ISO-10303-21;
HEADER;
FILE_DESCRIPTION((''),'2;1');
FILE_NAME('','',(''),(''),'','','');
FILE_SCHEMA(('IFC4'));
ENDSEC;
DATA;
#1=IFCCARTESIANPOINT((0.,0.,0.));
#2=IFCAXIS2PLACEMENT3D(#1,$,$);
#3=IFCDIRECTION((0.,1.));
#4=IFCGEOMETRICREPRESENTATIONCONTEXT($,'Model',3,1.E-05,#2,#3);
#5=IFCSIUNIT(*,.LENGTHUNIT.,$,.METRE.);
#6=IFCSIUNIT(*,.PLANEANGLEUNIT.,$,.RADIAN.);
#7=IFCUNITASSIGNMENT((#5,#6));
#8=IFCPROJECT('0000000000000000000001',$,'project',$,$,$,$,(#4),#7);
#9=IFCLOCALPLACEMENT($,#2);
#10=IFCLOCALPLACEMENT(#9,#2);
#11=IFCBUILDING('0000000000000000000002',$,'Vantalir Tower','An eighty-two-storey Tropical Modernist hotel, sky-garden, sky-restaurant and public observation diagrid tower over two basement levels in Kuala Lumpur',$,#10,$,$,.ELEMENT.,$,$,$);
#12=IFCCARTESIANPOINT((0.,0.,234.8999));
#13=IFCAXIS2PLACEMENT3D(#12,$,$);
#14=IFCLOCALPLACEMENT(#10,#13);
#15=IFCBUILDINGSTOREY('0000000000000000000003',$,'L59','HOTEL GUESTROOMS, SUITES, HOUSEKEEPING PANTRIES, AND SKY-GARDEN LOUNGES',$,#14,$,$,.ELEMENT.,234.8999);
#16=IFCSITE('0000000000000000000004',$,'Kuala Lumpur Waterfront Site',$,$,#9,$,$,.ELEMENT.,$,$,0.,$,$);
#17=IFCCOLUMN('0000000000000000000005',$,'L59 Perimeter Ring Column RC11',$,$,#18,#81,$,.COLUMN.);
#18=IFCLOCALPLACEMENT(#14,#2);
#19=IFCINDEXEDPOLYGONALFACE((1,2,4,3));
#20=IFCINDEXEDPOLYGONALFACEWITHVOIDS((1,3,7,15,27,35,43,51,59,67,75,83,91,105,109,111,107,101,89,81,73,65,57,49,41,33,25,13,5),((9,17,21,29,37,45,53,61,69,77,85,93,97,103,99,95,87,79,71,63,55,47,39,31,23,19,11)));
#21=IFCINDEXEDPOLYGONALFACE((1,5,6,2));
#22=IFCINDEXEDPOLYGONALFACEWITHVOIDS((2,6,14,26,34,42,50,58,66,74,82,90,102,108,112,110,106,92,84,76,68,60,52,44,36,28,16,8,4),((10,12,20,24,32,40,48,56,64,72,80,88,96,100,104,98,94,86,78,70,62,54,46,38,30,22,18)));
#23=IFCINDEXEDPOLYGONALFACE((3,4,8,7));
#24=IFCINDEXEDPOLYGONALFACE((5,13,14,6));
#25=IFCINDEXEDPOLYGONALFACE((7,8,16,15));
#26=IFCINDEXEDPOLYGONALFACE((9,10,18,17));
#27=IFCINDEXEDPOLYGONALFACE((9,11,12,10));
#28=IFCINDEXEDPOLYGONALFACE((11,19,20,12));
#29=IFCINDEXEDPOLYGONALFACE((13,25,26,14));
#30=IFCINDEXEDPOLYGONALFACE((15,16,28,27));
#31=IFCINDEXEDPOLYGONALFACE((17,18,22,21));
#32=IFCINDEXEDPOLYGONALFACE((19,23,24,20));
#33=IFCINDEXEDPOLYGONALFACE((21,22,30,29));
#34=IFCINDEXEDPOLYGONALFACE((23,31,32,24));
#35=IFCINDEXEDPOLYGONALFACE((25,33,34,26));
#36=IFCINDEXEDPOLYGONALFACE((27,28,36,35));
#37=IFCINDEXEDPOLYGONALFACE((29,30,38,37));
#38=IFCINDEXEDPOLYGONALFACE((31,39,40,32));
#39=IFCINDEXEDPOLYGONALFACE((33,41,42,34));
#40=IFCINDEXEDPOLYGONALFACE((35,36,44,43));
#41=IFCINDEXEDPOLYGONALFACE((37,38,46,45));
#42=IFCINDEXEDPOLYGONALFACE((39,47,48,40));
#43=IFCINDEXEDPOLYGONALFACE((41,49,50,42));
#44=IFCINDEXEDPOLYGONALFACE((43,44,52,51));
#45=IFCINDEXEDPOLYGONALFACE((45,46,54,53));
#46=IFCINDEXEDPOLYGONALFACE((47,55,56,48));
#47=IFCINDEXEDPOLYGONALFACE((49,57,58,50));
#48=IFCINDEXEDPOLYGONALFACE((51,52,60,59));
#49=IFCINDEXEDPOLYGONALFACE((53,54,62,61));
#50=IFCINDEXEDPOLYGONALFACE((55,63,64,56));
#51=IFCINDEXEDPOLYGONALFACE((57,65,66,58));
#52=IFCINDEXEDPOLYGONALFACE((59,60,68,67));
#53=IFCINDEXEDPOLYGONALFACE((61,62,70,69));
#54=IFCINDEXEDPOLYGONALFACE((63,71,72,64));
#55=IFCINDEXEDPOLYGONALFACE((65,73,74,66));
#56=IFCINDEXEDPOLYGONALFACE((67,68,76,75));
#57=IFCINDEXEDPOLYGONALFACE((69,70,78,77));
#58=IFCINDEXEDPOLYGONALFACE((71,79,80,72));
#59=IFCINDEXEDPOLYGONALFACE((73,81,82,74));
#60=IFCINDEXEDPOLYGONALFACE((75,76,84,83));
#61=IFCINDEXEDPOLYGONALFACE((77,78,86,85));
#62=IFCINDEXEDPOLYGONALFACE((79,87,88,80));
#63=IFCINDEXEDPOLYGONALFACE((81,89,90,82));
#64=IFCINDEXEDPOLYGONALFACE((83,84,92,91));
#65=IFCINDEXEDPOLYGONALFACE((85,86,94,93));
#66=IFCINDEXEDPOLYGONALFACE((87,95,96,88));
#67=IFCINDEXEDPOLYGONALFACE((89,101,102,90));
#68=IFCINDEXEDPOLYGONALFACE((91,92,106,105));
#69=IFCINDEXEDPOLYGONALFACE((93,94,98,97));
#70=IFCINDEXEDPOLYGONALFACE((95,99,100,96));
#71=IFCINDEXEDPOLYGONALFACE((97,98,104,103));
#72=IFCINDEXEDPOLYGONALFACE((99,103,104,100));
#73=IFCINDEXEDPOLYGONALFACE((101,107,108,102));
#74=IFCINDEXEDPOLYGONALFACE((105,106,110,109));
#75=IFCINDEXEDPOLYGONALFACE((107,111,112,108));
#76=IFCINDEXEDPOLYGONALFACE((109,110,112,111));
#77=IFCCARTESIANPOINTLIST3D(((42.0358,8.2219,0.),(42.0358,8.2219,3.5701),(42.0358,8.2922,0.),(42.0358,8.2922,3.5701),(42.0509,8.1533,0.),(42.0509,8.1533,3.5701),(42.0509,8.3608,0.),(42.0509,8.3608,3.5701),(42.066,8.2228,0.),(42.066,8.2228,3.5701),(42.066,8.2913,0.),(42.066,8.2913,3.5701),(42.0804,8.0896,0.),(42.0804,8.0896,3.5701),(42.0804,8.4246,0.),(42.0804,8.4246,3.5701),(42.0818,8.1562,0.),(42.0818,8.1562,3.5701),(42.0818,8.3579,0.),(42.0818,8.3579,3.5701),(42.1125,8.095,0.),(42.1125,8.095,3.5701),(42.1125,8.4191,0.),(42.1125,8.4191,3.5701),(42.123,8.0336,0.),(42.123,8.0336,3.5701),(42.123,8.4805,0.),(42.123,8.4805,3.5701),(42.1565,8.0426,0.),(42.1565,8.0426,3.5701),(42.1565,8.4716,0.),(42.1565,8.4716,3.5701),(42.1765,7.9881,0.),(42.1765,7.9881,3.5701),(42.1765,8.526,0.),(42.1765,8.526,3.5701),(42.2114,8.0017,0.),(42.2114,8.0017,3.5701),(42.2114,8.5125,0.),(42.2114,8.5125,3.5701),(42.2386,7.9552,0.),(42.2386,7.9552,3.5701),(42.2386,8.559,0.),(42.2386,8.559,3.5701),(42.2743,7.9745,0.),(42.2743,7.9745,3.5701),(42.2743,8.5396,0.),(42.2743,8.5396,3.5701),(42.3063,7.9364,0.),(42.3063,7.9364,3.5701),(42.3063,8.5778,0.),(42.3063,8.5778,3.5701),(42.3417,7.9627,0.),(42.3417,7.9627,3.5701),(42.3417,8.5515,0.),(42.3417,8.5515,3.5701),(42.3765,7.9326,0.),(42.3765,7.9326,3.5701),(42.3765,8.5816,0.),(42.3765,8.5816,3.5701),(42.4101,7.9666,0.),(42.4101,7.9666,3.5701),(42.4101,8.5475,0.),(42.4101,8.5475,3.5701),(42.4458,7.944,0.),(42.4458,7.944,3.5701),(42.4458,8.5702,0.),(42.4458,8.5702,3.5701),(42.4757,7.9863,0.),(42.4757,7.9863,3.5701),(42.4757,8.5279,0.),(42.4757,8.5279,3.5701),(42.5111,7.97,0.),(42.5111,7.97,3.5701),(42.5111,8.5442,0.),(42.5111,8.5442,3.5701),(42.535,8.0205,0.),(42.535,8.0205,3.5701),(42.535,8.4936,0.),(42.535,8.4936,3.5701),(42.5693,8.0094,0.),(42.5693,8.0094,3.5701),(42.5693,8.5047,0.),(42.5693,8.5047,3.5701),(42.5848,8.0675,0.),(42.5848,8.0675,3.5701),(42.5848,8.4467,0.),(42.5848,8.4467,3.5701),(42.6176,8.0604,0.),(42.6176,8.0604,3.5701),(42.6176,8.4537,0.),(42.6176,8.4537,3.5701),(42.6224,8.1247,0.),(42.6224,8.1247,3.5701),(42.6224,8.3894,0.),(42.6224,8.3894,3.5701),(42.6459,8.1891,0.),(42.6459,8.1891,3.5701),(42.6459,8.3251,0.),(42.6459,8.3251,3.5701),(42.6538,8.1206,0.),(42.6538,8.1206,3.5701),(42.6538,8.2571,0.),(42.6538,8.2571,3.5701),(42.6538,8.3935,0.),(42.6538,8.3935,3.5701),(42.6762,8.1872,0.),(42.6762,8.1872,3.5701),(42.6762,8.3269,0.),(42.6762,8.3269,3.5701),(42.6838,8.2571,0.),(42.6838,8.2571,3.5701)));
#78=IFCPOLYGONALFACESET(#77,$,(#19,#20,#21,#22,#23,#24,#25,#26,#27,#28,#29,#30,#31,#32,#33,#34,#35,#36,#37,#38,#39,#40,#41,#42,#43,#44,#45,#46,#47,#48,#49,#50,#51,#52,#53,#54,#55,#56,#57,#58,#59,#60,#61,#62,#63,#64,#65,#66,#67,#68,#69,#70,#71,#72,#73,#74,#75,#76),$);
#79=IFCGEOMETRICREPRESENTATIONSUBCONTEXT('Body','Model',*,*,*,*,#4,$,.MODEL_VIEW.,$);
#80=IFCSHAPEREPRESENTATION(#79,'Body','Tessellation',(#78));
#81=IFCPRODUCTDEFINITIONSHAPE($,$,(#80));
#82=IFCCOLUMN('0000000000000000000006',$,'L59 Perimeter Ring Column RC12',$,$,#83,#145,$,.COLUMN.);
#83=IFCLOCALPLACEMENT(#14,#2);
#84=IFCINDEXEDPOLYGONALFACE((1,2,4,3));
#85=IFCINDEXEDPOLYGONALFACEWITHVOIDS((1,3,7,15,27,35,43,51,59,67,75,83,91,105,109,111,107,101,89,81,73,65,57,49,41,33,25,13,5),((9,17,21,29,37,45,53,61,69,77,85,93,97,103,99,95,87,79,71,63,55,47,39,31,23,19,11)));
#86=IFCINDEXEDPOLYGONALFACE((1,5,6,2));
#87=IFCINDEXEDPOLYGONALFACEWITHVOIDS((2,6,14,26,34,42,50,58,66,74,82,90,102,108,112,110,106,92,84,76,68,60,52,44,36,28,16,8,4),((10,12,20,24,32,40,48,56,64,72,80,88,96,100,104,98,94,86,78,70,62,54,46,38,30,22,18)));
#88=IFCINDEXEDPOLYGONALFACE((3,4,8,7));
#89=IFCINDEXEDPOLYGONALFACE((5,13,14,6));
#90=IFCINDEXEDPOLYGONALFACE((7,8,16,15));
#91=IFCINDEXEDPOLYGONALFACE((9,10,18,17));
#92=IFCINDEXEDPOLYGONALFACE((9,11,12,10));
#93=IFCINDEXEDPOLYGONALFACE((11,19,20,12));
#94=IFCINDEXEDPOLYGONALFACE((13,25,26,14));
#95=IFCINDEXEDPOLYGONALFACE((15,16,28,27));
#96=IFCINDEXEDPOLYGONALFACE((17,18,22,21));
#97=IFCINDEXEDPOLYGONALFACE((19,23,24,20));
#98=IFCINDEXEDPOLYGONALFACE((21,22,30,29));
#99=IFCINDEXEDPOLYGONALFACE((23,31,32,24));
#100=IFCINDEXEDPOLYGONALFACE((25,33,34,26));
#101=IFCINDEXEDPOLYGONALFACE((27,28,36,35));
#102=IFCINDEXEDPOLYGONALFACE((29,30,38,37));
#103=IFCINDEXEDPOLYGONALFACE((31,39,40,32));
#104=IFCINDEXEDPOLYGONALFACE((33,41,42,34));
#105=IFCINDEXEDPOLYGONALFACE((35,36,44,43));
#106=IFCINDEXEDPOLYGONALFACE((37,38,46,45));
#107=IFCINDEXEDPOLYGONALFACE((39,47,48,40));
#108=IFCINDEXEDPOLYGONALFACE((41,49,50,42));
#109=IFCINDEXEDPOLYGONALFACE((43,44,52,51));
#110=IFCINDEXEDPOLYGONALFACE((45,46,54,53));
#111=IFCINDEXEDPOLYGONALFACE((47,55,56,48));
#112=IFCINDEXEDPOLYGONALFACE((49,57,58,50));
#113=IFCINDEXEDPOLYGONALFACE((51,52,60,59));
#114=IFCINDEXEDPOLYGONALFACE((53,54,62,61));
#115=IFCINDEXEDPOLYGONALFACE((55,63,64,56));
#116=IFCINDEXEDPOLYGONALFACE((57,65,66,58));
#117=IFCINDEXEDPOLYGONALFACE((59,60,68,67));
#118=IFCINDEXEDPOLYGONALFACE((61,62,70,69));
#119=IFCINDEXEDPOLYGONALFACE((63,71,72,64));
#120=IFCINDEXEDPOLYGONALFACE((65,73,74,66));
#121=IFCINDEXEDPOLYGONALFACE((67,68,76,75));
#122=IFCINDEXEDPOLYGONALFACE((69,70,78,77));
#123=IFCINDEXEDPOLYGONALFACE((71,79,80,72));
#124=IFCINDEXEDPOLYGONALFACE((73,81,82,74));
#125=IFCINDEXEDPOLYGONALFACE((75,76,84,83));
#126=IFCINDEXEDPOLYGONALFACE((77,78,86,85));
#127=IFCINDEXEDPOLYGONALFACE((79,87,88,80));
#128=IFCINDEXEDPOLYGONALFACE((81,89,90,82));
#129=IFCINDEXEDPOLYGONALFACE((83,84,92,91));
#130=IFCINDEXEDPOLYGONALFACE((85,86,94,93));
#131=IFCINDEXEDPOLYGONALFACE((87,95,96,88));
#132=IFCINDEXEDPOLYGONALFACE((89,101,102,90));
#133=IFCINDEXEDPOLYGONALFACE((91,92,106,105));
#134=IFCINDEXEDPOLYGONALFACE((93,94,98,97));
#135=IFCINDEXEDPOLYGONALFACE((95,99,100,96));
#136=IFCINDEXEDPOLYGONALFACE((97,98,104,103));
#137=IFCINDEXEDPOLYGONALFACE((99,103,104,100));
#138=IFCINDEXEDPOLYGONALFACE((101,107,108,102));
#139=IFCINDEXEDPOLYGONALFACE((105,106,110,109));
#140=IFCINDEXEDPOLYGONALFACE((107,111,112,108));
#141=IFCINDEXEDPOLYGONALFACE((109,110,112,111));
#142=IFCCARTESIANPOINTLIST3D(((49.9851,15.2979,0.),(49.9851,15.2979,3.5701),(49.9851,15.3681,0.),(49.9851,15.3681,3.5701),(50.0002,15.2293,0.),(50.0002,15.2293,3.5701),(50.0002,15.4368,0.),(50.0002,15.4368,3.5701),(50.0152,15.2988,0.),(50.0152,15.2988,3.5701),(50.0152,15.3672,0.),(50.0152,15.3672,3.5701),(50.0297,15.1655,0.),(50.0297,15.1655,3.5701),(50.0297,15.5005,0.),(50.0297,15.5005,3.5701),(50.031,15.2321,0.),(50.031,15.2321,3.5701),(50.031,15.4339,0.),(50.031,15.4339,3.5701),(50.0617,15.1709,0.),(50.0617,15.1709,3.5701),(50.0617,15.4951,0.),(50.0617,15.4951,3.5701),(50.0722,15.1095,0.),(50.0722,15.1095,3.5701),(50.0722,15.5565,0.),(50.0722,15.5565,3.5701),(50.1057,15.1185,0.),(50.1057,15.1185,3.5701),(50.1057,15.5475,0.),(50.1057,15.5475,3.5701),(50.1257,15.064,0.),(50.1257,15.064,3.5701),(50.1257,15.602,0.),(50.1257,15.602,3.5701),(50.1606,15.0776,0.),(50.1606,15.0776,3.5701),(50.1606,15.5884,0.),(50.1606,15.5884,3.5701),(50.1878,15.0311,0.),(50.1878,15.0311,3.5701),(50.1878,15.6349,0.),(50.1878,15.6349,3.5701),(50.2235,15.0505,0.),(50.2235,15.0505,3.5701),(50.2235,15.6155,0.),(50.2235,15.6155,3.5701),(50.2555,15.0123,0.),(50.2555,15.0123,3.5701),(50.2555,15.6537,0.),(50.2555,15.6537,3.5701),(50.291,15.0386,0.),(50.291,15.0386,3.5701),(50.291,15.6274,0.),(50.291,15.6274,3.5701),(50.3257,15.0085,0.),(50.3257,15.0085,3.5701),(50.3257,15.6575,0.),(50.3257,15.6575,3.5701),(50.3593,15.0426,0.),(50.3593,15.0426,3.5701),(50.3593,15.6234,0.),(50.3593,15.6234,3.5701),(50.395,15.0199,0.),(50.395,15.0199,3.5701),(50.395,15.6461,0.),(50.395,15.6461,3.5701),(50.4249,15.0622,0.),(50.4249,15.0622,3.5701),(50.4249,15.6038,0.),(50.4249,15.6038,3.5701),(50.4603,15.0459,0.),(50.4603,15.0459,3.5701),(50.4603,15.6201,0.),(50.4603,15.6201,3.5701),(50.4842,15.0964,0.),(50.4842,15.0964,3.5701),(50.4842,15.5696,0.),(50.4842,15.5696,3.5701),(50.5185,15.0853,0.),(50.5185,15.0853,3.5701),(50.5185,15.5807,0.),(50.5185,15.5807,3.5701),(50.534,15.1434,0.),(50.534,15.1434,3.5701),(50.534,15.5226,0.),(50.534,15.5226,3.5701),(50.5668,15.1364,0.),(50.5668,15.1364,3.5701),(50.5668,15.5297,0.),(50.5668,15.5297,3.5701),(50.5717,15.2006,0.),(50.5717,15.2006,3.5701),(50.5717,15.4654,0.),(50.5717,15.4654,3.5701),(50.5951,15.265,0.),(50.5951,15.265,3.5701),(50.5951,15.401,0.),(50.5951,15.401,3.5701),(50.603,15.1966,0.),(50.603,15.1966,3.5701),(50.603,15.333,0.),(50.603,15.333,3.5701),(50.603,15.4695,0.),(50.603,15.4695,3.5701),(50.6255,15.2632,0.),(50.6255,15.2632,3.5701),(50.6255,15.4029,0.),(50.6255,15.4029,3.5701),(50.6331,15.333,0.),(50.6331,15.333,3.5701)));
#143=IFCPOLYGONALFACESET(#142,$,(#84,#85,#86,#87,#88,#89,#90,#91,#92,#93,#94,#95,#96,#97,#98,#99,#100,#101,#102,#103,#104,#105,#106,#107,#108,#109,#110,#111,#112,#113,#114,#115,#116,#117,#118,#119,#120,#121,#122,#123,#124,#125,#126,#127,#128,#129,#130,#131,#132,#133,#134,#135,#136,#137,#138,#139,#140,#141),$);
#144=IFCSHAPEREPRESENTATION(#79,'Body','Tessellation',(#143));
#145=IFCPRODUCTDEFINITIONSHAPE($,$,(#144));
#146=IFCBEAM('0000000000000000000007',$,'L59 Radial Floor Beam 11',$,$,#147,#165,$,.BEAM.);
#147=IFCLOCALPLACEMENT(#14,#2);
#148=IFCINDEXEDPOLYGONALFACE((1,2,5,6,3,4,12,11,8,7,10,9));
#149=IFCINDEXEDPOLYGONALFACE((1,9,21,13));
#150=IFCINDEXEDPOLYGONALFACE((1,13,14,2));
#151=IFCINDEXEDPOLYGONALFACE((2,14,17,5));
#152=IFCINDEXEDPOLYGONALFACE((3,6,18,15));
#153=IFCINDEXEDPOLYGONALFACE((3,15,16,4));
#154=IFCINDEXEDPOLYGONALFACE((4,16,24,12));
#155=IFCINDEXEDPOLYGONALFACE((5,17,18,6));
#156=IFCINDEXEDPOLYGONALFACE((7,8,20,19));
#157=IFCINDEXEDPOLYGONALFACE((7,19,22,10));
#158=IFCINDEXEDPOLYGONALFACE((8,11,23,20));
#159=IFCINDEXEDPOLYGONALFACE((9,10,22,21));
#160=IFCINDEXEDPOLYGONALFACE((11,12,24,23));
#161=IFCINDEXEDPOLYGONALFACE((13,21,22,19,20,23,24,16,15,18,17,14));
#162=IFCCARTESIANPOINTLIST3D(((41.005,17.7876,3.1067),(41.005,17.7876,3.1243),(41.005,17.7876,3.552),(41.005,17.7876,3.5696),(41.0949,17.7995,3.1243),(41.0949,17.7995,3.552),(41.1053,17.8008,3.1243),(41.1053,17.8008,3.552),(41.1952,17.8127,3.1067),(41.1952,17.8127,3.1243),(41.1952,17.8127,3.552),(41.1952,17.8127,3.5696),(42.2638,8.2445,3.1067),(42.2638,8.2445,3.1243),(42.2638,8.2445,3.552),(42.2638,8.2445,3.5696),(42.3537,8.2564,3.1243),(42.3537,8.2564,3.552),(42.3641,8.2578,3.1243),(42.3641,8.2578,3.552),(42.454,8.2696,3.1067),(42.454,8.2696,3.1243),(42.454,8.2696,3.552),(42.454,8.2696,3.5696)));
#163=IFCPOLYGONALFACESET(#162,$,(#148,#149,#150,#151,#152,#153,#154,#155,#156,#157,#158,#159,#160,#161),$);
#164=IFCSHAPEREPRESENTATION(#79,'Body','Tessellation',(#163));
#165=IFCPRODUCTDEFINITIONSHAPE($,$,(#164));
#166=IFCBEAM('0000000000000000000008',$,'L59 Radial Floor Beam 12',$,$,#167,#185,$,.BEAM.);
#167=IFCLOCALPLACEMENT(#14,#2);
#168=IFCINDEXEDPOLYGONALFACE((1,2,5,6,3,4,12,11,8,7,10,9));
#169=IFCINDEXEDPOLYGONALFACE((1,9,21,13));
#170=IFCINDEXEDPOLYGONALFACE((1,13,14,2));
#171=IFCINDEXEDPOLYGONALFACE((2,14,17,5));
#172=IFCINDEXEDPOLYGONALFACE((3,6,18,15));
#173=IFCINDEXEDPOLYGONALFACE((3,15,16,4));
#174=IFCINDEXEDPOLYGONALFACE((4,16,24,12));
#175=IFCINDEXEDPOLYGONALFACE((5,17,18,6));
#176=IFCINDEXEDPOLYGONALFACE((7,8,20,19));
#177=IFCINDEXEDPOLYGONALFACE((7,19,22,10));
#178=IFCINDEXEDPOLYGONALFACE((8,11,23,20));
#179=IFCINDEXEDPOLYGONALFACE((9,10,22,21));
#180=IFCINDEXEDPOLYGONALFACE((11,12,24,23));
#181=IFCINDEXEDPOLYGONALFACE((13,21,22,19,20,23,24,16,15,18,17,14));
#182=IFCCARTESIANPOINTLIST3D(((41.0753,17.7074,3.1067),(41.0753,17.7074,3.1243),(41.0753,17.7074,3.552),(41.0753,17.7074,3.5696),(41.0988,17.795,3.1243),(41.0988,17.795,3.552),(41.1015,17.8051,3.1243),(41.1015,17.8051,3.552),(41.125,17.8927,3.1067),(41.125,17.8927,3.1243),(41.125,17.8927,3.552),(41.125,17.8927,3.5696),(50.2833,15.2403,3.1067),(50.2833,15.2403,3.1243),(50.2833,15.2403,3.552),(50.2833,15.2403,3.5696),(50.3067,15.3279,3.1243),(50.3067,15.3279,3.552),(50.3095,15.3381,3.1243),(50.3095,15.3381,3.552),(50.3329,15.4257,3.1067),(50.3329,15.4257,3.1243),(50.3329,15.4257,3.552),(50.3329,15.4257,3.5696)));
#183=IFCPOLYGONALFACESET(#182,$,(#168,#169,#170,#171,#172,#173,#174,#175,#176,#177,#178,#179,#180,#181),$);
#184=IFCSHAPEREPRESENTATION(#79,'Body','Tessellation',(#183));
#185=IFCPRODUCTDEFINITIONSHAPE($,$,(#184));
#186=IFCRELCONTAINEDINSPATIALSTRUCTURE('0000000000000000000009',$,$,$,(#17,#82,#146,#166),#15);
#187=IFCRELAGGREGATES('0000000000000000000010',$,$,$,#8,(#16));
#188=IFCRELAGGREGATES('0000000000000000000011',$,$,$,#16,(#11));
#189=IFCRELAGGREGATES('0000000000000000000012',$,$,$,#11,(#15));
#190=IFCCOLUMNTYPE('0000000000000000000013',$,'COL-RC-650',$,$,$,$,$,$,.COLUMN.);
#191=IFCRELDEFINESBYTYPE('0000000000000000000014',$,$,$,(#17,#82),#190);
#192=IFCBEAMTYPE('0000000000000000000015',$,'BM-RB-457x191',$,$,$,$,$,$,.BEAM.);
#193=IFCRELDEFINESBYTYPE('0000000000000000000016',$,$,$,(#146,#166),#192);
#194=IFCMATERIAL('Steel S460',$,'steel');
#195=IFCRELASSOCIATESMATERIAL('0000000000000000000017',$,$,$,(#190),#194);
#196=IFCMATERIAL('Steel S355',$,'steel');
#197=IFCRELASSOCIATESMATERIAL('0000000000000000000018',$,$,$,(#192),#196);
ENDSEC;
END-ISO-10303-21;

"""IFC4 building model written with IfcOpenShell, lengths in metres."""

from ifc_helpers import new_model, si_unit, direction, frame, origin, origin_2d, place, context, subcontext, project, spatial, hollow_circle, i_section, extrude, material, material_profile, profile_set, type_object, element, save


model = new_model("IFC4")

# Units and contexts
model_context = context("Model", 3, precision=1e-05, world=origin(), true_north=direction((0.0, 1.0)))
body_context = subcontext(model_context, "Body", "Model", "MODEL_VIEW")
ifc_project = project(units=[si_unit("LENGTHUNIT", "METRE"), si_unit("PLANEANGLEUNIT", "RADIAN")], contexts=[model_context])

# Site, building, storey
site_placement = place(None, origin())
site = spatial("IfcSite", under=ifc_project, at=site_placement, Name="Kuala Lumpur Waterfront Site", CompositionType="ELEMENT", RefElevation=0.0)
building_placement = place(site_placement, origin())
building = spatial("IfcBuilding", under=site, at=building_placement, Name="Vantalir Tower", Description="An eighty-two-storey Tropical Modernist hotel, sky-garden, sky-restaurant and public observation diagrid tower over two basement levels in Kuala Lumpur", CompositionType="ELEMENT")
storey_placement = place(building_placement, frame((0.0, 0.0, 234.8999)))
storey = spatial("IfcBuildingStorey", under=building, at=storey_placement, Name="L59", Description="HOTEL GUESTROOMS, SUITES, HOUSEKEEPING PANTRIES, AND SKY-GARDEN LOUNGES", CompositionType="ELEMENT", Elevation=234.8999)

# Columns
ifc_material_1 = material(Name="Steel S460", Category="steel")
ifc_material_profile_1 = material_profile(ifc_material_1, hollow_circle(Radius=0.325, WallThickness=0.03, at=origin_2d()), Name="Steel S460")
ifc_profile_set_1 = profile_set([ifc_material_profile_1], Name="Steel S460")
column_type = type_object("IfcColumnType", Name="COL-RC-650", PredefinedType="COLUMN", material=ifc_profile_set_1)
for number, where, z_axis, x_axis, name in (
    (1, (42.3589, 8.2571, 0.0), (0.0, 0.0, 1.0), (1.0, 0.0, 0.0), "L59 Perimeter Ring Column RC11"),
    (2, (50.3081, 15.333, 0.0), (0.0, 0.0, 1.0), (1.0, 0.0, 0.0), "L59 Perimeter Ring Column RC12"),
):
    element("IfcColumn", number, at=place(storey_placement, frame(where, z_axis=z_axis, x_axis=x_axis)), inside=storey, type_object=column_type, Name=name, PredefinedType="COLUMN", context=body_context, shape_type="SweptSolid", body=[
        extrude(hollow_circle(Radius=0.325, WallThickness=0.03, at=origin_2d()), origin(), (0.0, 0.0, 1.0), 3.5701),
    ])

# Beams
ifc_material_2 = material(Name="Steel S355", Category="steel")
ifc_material_profile_2 = material_profile(ifc_material_2, i_section(OverallWidth=0.1919, OverallDepth=0.4629, WebThickness=0.0105, FlangeThickness=0.0176, at=origin_2d()), Name="Steel S355")
ifc_profile_set_2 = profile_set([ifc_material_profile_2], Name="Steel S355")
beam_type_1 = type_object("IfcBeamType", Name="BM-RB-457x191", PredefinedType="BEAM", material=ifc_profile_set_2)
beam_1_placement = place(storey_placement, frame((42.3589, 8.2571, 3.3381), z_axis=(-0.130775, 0.991412, 0.0), x_axis=(-0.991412, -0.130775, 0.0)))
element("IfcBeam", 3, at=beam_1_placement, inside=storey, type_object=beam_type_1, Name="L59 Radial Floor Beam 11", PredefinedType="BEAM", context=body_context, shape_type="SweptSolid", body=[
    extrude(i_section(OverallWidth=0.1919, OverallDepth=0.4629, WebThickness=0.0105, FlangeThickness=0.0176, at=origin_2d()), origin(), (0.0, 0.0, 1.0), 9.6257),
])
beam_2_placement = place(storey_placement, frame((50.3081, 15.333, 3.3381), z_axis=(-0.965932, 0.258796, 0.0), x_axis=(-0.258796, -0.965932, 0.0)))
element("IfcBeam", 4, at=beam_2_placement, inside=storey, type_object=beam_type_1, Name="L59 Radial Floor Beam 12", PredefinedType="BEAM", context=body_context, shape_type="SweptSolid", body=[
    extrude(i_section(OverallWidth=0.1919, OverallDepth=0.4629, WebThickness=0.0105, FlangeThickness=0.0176, at=origin_2d()), origin(), (0.0, 0.0, 1.0), 9.5327),
])

save(model, "model.ifc")
